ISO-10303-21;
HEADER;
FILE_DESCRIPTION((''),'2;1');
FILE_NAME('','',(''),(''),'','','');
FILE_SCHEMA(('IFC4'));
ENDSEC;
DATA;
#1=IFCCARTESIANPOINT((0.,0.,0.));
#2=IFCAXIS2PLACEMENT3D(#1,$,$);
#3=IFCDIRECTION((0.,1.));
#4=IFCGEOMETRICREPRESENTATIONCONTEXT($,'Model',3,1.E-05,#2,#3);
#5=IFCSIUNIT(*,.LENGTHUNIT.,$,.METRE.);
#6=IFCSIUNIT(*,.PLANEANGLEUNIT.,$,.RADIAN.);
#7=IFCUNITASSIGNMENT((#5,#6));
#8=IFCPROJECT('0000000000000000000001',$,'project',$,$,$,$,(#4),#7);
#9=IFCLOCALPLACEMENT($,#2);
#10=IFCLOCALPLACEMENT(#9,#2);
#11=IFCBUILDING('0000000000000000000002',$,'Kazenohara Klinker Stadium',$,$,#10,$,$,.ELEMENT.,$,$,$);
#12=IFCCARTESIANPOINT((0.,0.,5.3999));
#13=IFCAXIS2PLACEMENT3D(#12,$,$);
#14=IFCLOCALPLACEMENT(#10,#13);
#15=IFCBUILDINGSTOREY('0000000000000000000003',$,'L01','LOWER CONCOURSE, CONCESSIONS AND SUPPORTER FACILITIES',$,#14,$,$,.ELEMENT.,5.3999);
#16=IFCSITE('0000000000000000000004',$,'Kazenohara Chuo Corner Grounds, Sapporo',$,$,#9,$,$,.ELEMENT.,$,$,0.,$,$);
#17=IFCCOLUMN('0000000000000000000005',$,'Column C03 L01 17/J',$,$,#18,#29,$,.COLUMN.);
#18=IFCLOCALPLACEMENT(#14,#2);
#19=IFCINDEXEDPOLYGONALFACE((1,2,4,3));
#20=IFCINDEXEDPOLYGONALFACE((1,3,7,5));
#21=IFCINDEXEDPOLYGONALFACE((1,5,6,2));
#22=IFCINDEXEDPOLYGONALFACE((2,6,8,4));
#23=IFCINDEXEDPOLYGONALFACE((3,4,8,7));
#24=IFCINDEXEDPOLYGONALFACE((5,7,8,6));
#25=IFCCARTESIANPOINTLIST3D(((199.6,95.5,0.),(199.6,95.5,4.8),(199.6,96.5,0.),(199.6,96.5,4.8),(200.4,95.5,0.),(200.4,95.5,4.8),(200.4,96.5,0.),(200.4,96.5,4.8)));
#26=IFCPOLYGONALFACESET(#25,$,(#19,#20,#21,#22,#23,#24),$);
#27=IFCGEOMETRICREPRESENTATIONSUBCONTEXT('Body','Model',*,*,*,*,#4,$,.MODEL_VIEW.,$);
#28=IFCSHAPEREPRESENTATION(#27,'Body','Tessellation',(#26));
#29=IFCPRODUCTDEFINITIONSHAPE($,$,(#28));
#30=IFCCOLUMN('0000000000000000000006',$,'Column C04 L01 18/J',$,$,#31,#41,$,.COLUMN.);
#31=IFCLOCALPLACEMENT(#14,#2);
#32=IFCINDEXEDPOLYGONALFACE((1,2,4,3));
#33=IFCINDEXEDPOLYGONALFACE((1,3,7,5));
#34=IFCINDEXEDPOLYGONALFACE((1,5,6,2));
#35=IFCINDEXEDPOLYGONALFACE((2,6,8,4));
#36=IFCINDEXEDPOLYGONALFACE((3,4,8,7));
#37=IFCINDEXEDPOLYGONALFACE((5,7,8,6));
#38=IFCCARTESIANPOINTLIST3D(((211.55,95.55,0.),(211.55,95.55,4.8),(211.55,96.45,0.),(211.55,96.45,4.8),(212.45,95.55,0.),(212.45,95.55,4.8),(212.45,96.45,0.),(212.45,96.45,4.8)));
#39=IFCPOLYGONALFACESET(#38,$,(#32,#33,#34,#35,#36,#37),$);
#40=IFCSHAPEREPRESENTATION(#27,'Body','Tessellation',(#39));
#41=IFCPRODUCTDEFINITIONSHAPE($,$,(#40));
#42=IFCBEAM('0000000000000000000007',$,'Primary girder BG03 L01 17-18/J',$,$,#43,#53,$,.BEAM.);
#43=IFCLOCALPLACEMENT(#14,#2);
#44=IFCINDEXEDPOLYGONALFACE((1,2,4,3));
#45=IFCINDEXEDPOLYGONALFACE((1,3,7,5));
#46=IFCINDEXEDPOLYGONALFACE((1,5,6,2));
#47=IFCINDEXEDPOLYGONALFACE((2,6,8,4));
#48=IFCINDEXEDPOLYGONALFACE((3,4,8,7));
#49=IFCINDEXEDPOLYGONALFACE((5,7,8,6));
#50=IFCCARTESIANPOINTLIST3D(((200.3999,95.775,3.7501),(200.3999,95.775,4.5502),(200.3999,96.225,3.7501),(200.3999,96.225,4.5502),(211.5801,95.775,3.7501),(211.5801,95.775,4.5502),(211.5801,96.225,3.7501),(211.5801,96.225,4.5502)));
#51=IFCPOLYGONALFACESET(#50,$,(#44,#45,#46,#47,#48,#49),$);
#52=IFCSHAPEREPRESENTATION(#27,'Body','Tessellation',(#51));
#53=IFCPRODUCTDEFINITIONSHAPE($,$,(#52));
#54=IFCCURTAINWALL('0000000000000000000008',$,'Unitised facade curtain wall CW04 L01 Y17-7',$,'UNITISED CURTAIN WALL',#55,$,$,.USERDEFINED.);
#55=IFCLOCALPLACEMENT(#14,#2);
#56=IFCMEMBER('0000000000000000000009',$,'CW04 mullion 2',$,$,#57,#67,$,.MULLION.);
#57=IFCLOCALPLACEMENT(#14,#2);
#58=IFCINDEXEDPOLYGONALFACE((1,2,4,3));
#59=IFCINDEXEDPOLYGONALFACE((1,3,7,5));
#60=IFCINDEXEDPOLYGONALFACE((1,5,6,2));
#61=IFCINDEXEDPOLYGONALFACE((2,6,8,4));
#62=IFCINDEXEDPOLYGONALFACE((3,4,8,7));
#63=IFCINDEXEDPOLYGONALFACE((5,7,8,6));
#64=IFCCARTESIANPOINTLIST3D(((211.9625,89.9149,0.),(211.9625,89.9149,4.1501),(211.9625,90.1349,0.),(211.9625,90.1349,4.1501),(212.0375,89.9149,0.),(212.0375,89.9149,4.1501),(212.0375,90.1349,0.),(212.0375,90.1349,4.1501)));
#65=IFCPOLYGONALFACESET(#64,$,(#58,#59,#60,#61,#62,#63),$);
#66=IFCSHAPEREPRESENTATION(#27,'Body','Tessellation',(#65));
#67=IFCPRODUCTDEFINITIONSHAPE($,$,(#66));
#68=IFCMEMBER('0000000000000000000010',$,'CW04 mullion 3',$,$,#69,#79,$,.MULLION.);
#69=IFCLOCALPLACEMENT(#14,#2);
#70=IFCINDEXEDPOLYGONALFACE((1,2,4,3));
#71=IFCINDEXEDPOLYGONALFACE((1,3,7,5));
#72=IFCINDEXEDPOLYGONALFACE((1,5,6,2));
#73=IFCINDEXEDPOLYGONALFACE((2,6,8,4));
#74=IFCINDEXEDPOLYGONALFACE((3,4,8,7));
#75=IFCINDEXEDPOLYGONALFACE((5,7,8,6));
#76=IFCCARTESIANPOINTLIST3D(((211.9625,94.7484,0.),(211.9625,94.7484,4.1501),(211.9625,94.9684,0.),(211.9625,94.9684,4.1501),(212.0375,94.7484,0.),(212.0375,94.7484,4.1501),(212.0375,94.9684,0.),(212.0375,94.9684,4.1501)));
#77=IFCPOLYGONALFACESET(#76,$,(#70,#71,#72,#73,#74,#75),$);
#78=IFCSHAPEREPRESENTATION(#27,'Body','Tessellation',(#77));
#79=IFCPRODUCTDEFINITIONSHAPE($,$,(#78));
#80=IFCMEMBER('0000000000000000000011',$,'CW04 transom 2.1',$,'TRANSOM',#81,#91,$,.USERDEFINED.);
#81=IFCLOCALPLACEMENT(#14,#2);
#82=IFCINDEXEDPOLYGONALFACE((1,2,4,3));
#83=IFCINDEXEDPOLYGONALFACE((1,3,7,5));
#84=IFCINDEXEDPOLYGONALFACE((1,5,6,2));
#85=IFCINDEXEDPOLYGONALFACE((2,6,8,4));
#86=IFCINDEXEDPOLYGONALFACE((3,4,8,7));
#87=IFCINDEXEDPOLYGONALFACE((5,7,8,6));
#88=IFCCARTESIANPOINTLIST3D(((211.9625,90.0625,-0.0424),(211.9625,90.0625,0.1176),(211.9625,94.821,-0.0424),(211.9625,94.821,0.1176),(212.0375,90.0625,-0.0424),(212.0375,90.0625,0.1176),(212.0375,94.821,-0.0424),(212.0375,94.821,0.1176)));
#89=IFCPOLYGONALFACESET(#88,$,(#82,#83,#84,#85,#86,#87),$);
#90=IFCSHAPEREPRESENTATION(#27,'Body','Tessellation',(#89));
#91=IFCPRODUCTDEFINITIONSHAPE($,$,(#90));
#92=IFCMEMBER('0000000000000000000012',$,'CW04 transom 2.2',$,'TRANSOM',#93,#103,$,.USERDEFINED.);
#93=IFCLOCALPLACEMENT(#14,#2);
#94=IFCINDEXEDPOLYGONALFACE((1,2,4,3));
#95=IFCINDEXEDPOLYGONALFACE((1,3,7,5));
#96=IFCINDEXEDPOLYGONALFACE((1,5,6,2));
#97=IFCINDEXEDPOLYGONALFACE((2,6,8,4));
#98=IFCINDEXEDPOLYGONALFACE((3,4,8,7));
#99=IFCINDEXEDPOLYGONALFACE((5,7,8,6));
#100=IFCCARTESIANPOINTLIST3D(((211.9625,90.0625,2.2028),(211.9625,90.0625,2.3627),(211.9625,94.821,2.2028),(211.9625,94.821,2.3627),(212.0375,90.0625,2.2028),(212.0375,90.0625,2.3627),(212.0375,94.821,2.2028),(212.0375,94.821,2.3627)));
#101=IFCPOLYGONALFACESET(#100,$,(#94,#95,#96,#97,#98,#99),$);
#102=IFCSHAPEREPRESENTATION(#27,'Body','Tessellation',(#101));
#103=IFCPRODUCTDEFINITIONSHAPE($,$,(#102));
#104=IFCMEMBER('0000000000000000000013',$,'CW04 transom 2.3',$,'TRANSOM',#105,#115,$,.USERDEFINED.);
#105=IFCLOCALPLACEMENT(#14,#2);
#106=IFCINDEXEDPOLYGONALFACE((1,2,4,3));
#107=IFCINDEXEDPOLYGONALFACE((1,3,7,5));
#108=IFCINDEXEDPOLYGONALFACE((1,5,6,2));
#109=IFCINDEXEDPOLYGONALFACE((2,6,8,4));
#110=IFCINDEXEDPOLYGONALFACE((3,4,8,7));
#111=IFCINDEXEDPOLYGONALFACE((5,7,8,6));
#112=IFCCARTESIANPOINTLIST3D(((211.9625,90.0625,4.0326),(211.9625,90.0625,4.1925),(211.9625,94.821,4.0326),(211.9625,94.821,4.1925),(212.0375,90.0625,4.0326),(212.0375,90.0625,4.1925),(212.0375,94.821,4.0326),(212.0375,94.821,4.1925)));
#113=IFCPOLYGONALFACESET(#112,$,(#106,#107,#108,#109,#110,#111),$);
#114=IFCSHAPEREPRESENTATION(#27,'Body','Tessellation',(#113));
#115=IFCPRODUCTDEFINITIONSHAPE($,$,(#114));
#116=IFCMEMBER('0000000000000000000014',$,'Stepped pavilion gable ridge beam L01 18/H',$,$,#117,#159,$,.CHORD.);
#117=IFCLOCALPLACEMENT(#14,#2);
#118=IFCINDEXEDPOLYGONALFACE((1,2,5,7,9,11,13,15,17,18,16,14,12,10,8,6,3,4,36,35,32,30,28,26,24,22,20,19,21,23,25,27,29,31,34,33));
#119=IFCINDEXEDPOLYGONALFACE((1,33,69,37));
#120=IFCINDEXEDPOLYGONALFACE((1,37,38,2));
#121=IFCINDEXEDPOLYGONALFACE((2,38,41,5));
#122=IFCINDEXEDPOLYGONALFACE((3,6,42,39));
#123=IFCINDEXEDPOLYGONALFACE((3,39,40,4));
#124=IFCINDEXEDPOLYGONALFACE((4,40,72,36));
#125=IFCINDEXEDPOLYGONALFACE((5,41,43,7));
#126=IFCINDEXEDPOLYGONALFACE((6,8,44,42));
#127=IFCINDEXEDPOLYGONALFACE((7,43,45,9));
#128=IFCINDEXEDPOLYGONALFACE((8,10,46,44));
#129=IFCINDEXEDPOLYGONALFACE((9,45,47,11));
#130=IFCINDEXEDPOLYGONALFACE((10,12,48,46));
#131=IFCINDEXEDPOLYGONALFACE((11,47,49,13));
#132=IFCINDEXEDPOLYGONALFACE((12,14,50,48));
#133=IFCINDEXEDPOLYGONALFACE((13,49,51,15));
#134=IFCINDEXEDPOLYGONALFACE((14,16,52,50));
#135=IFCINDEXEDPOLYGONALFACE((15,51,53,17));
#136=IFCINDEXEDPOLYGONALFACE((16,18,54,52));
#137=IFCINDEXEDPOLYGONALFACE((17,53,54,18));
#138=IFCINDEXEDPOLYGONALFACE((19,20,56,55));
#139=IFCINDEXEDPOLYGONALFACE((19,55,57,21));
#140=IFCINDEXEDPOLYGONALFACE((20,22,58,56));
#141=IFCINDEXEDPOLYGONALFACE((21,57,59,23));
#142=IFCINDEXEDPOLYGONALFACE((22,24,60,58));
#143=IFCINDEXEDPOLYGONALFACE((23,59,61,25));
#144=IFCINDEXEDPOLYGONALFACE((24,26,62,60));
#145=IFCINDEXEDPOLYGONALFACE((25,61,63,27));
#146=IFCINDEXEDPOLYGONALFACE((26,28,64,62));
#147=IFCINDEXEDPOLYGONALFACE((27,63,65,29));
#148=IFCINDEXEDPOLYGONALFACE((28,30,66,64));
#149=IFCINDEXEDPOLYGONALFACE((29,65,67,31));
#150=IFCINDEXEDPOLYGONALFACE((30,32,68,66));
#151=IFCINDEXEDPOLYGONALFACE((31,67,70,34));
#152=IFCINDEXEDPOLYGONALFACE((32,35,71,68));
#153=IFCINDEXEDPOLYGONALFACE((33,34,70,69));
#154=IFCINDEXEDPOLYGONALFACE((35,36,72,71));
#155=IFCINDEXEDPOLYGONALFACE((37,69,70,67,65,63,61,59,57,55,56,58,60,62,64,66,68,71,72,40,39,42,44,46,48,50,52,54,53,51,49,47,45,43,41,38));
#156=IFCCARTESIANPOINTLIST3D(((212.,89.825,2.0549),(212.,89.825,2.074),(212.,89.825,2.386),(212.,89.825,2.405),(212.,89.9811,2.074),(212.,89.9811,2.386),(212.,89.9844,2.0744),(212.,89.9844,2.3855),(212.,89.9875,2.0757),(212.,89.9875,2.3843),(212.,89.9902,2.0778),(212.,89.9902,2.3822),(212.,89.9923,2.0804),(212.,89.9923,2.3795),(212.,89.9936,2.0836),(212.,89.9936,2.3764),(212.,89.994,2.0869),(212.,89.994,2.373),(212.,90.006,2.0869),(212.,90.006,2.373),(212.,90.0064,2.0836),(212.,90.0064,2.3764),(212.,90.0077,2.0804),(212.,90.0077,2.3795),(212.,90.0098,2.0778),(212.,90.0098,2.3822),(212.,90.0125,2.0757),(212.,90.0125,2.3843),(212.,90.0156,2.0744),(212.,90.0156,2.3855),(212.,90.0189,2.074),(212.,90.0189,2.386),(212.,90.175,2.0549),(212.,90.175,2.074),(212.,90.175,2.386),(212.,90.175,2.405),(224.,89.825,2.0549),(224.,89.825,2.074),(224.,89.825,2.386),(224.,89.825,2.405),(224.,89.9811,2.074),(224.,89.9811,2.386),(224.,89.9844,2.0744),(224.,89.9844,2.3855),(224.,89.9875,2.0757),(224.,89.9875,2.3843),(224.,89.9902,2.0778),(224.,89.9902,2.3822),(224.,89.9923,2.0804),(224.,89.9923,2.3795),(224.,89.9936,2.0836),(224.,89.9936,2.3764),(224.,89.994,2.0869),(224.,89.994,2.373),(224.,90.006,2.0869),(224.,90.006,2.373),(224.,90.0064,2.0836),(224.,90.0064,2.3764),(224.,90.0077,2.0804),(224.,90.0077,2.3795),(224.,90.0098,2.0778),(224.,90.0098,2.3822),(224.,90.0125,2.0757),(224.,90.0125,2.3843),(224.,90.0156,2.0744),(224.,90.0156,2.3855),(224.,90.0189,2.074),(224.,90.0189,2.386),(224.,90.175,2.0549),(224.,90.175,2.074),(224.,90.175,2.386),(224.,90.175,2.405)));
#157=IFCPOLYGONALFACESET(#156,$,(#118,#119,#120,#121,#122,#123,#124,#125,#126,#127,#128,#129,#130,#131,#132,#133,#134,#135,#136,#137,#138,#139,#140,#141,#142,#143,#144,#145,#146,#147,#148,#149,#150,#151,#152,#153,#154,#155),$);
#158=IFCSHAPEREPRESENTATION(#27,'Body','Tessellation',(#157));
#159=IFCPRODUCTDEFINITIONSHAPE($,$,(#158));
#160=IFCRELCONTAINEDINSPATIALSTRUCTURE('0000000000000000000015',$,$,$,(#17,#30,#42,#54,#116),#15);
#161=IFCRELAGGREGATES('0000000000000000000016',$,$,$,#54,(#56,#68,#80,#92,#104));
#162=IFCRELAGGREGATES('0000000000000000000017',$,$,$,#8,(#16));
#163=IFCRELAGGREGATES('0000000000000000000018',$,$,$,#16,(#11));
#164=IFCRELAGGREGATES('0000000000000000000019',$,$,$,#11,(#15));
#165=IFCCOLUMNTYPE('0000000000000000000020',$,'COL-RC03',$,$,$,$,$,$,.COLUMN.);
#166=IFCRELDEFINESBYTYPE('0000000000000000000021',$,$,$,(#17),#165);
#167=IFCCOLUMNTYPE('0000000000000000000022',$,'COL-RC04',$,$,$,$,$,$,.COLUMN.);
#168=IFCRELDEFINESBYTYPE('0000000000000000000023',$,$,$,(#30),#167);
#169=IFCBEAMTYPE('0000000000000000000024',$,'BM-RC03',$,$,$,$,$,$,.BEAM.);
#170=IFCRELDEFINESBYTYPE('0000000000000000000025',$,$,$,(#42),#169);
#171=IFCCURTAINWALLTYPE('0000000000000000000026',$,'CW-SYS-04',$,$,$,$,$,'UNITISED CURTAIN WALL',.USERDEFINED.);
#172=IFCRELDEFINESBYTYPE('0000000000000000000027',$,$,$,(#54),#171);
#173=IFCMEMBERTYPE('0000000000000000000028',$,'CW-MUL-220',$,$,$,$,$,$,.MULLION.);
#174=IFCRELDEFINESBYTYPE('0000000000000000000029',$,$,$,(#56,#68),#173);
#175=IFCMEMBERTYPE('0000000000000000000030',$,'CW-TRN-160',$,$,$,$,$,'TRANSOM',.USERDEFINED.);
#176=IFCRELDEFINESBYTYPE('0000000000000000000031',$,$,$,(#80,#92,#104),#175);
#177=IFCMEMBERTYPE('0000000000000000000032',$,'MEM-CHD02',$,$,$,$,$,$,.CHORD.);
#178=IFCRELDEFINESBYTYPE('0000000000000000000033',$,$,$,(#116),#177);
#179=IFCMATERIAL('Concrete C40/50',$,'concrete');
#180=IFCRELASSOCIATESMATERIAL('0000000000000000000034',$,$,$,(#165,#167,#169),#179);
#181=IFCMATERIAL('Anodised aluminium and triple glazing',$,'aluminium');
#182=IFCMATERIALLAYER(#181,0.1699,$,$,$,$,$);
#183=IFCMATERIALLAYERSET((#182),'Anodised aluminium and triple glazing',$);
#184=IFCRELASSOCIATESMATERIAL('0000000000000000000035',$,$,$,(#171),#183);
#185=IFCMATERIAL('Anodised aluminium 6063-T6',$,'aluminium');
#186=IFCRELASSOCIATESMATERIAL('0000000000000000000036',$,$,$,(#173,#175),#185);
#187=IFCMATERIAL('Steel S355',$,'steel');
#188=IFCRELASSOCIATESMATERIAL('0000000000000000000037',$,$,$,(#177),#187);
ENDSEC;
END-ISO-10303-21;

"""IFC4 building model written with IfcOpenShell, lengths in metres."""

from ifc_helpers import new_model, si_unit, direction, frame, origin, origin_2d, place, context, subcontext, project, spatial, rectangle, i_section, extrude, material, layer, layer_set, material_profile, profile_set, type_object, element, aggregate, save


model = new_model("IFC4")

# Units and contexts
model_context = context("Model", 3, precision=1e-05, world=origin(), true_north=direction((0.0, 1.0)))
body_context = subcontext(model_context, "Body", "Model", "MODEL_VIEW")
ifc_project = project(units=[si_unit("LENGTHUNIT", "METRE"), si_unit("PLANEANGLEUNIT", "RADIAN")], contexts=[model_context])

# Site, building, storey
site_placement = place(None, origin())
site = spatial("IfcSite", under=ifc_project, at=site_placement, Name="Kazenohara Chuo Corner Grounds, Sapporo", CompositionType="ELEMENT", RefElevation=0.0)
building_placement = place(site_placement, origin())
building = spatial("IfcBuilding", under=site, at=building_placement, Name="Kazenohara Klinker Stadium", CompositionType="ELEMENT")
storey_placement = place(building_placement, frame((0.0, 0.0, 5.3999)))
storey = spatial("IfcBuildingStorey", under=building, at=storey_placement, Name="L01", Description="LOWER CONCOURSE, CONCESSIONS AND SUPPORTER FACILITIES", CompositionType="ELEMENT", Elevation=5.3999)

# Columns
ifc_material_1 = material(Name="Concrete C40/50", Category="concrete")
ifc_material_profile_1 = material_profile(ifc_material_1, rectangle(XDim=0.8, YDim=1.0, at=origin_2d()), Name="RC-COL-1000x800")
ifc_profile_set_1 = profile_set([ifc_material_profile_1], Name="Concrete C40/50")
column_type_1 = type_object("IfcColumnType", Name="COL-RC03", PredefinedType="COLUMN", material=ifc_profile_set_1)
column_1_placement = place(storey_placement, frame((200.0, 96.0, 0.0), z_axis=(0.0, 0.0, 1.0), x_axis=(1.0, 0.0, 0.0)))
element("IfcColumn", 1, at=column_1_placement, inside=storey, type_object=column_type_1, Name="Column C03 L01 17/J", PredefinedType="COLUMN", context=body_context, shape_type="SweptSolid", body=[
    extrude(rectangle(XDim=0.8, YDim=1.0, at=origin_2d()), origin(), (0.0, 0.0, 1.0), 4.8),
])
ifc_material_profile_2 = material_profile(ifc_material_1, rectangle(XDim=0.8999, YDim=0.8999, at=origin_2d()), Name="RC-COL-900x900")
ifc_profile_set_2 = profile_set([ifc_material_profile_2], Name="Concrete C40/50")
column_type_2 = type_object("IfcColumnType", Name="COL-RC04", PredefinedType="COLUMN", material=ifc_profile_set_2)
column_2_placement = place(storey_placement, frame((212.0, 96.0, 0.0), z_axis=(0.0, 0.0, 1.0), x_axis=(1.0, 0.0, 0.0)))
element("IfcColumn", 2, at=column_2_placement, inside=storey, type_object=column_type_2, Name="Column C04 L01 18/J", PredefinedType="COLUMN", context=body_context, shape_type="SweptSolid", body=[
    extrude(rectangle(XDim=0.8999, YDim=0.8999, at=origin_2d()), origin(), (0.0, 0.0, 1.0), 4.8),
])

# Beam
ifc_material_profile_3 = material_profile(ifc_material_1, rectangle(XDim=0.45, YDim=0.8, at=origin_2d()), Name="RC-BM-450x800")
ifc_profile_set_3 = profile_set([ifc_material_profile_3], Name="Concrete C40/50")
beam_type = type_object("IfcBeamType", Name="BM-RC03", PredefinedType="BEAM", material=ifc_profile_set_3)
beam_placement = place(storey_placement, frame((200.3999, 96.0, 4.1501), z_axis=(1.0, 0.0, 0.0), x_axis=(0.0, 1.0, 0.0)))
element("IfcBeam", 3, at=beam_placement, inside=storey, type_object=beam_type, Name="Primary girder BG03 L01 17-18/J", PredefinedType="BEAM", context=body_context, shape_type="SweptSolid", body=[
    extrude(rectangle(XDim=0.45, YDim=0.8, at=origin_2d()), origin(), (0.0, 0.0, 1.0), 11.1802),
])

# Curtain wall, members
ifc_material_2 = material(Name="Anodised aluminium and triple glazing", Category="aluminium")
ifc_layer_1 = layer(ifc_material_2, 0.1699)
ifc_layer_set_1 = layer_set([ifc_layer_1], Name="Anodised aluminium and triple glazing")
curtain_wall_type = type_object("IfcCurtainWallType", Name="CW-SYS-04", ElementType="UNITISED CURTAIN WALL", PredefinedType="USERDEFINED", material=ifc_layer_set_1)
curtain_wall_placement = place(storey_placement, origin())
curtain_wall = element("IfcCurtainWall", 4, at=curtain_wall_placement, inside=storey, type_object=curtain_wall_type, Name="Unitised facade curtain wall CW04 L01 Y17-7", ObjectType="UNITISED CURTAIN WALL", PredefinedType="USERDEFINED")
ifc_material_3 = material(Name="Anodised aluminium 6063-T6", Category="aluminium")
ifc_material_profile_4 = material_profile(ifc_material_3, rectangle(XDim=0.075, YDim=0.22, at=origin_2d()), Name="ALU-MUL-75x220")
ifc_profile_set_4 = profile_set([ifc_material_profile_4], Name="Anodised aluminium 6063-T6")
member_type_1 = type_object("IfcMemberType", Name="CW-MUL-220", PredefinedType="MULLION", material=ifc_profile_set_4)
member_1_placement = place(storey_placement, frame((212.0, 90.0249, 0.0), z_axis=(0.0, 0.0, 1.0), x_axis=(-1.0, 0.0, 0.0)))
member_1 = element("IfcMember", 5, at=member_1_placement, type_object=member_type_1, Name="CW04 mullion 2", PredefinedType="MULLION", context=body_context, shape_type="SweptSolid", body=[
    extrude(rectangle(XDim=0.075, YDim=0.22, at=origin_2d()), origin(), (0.0, 0.0, 1.0), 4.1501),
])
member_2_placement = place(storey_placement, frame((212.0, 94.8584, 0.0), z_axis=(0.0, 0.0, 1.0), x_axis=(-1.0, 0.0, 0.0)))
member_2 = element("IfcMember", 6, at=member_2_placement, type_object=member_type_1, Name="CW04 mullion 3", PredefinedType="MULLION", context=body_context, shape_type="SweptSolid", body=[
    extrude(rectangle(XDim=0.075, YDim=0.22, at=origin_2d()), origin(), (0.0, 0.0, 1.0), 4.1501),
])
ifc_material_profile_5 = material_profile(ifc_material_3, rectangle(XDim=0.075, YDim=0.1599, at=origin_2d()), Name="ALU-TRN-75x160")
ifc_profile_set_5 = profile_set([ifc_material_profile_5], Name="Anodised aluminium 6063-T6")
member_type_2 = type_object("IfcMemberType", Name="CW-TRN-160", ElementType="TRANSOM", PredefinedType="USERDEFINED", material=ifc_profile_set_5)
member_3_placement = place(storey_placement, frame((212.0, 90.0625, 0.0376), z_axis=(0.0, 1.0, 0.0), x_axis=(-1.0, 0.0, 0.0)))
member_3 = element("IfcMember", 7, at=member_3_placement, type_object=member_type_2, Name="CW04 transom 2.1", ObjectType="TRANSOM", PredefinedType="USERDEFINED", context=body_context, shape_type="SweptSolid", body=[
    extrude(rectangle(XDim=0.075, YDim=0.1599, at=origin_2d()), origin(), (0.0, 0.0, 1.0), 4.7585),
])
member_4_placement = place(storey_placement, frame((212.0, 90.0625, 2.2827), z_axis=(0.0, 1.0, 0.0), x_axis=(-1.0, 0.0, 0.0)))
member_4 = element("IfcMember", 8, at=member_4_placement, type_object=member_type_2, Name="CW04 transom 2.2", ObjectType="TRANSOM", PredefinedType="USERDEFINED", context=body_context, shape_type="SweptSolid", body=[
    extrude(rectangle(XDim=0.075, YDim=0.1599, at=origin_2d()), origin(), (0.0, 0.0, 1.0), 4.7585),
])
member_5_placement = place(storey_placement, frame((212.0, 90.0625, 4.1125), z_axis=(0.0, 1.0, 0.0), x_axis=(-1.0, 0.0, 0.0)))
member_5 = element("IfcMember", 9, at=member_5_placement, type_object=member_type_2, Name="CW04 transom 2.3", ObjectType="TRANSOM", PredefinedType="USERDEFINED", context=body_context, shape_type="SweptSolid", body=[
    extrude(rectangle(XDim=0.075, YDim=0.1599, at=origin_2d()), origin(), (0.0, 0.0, 1.0), 4.7585),
])

# Member
ifc_material_4 = material(Name="Steel S355", Category="steel")
ifc_material_profile_6 = material_profile(ifc_material_4, i_section(OverallWidth=0.3501, OverallDepth=0.3501, WebThickness=0.012, FlangeThickness=0.019, FilletRadius=0.0129, at=origin_2d()), Name="H-350x350x12x19")
ifc_profile_set_6 = profile_set([ifc_material_profile_6], Name="Steel S355")
member_type_3 = type_object("IfcMemberType", Name="MEM-CHD02", PredefinedType="CHORD", material=ifc_profile_set_6)
member_6_placement = place(storey_placement, frame((212.0, 90.0, 2.23), z_axis=(1.0, 0.0, 0.0), x_axis=(0.0, 1.0, 0.0)))
element("IfcMember", 10, at=member_6_placement, inside=storey, type_object=member_type_3, Name="Stepped pavilion gable ridge beam L01 18/H", PredefinedType="CHORD", context=body_context, shape_type="SweptSolid", body=[
    extrude(i_section(OverallWidth=0.3501, OverallDepth=0.3501, WebThickness=0.012, FlangeThickness=0.019, FilletRadius=0.0129, at=origin_2d()), origin(), (0.0, 0.0, 1.0), 12.0),
])

aggregate(curtain_wall, [member_1, member_2, member_3, member_4, member_5])

save(model, "model.ifc")
